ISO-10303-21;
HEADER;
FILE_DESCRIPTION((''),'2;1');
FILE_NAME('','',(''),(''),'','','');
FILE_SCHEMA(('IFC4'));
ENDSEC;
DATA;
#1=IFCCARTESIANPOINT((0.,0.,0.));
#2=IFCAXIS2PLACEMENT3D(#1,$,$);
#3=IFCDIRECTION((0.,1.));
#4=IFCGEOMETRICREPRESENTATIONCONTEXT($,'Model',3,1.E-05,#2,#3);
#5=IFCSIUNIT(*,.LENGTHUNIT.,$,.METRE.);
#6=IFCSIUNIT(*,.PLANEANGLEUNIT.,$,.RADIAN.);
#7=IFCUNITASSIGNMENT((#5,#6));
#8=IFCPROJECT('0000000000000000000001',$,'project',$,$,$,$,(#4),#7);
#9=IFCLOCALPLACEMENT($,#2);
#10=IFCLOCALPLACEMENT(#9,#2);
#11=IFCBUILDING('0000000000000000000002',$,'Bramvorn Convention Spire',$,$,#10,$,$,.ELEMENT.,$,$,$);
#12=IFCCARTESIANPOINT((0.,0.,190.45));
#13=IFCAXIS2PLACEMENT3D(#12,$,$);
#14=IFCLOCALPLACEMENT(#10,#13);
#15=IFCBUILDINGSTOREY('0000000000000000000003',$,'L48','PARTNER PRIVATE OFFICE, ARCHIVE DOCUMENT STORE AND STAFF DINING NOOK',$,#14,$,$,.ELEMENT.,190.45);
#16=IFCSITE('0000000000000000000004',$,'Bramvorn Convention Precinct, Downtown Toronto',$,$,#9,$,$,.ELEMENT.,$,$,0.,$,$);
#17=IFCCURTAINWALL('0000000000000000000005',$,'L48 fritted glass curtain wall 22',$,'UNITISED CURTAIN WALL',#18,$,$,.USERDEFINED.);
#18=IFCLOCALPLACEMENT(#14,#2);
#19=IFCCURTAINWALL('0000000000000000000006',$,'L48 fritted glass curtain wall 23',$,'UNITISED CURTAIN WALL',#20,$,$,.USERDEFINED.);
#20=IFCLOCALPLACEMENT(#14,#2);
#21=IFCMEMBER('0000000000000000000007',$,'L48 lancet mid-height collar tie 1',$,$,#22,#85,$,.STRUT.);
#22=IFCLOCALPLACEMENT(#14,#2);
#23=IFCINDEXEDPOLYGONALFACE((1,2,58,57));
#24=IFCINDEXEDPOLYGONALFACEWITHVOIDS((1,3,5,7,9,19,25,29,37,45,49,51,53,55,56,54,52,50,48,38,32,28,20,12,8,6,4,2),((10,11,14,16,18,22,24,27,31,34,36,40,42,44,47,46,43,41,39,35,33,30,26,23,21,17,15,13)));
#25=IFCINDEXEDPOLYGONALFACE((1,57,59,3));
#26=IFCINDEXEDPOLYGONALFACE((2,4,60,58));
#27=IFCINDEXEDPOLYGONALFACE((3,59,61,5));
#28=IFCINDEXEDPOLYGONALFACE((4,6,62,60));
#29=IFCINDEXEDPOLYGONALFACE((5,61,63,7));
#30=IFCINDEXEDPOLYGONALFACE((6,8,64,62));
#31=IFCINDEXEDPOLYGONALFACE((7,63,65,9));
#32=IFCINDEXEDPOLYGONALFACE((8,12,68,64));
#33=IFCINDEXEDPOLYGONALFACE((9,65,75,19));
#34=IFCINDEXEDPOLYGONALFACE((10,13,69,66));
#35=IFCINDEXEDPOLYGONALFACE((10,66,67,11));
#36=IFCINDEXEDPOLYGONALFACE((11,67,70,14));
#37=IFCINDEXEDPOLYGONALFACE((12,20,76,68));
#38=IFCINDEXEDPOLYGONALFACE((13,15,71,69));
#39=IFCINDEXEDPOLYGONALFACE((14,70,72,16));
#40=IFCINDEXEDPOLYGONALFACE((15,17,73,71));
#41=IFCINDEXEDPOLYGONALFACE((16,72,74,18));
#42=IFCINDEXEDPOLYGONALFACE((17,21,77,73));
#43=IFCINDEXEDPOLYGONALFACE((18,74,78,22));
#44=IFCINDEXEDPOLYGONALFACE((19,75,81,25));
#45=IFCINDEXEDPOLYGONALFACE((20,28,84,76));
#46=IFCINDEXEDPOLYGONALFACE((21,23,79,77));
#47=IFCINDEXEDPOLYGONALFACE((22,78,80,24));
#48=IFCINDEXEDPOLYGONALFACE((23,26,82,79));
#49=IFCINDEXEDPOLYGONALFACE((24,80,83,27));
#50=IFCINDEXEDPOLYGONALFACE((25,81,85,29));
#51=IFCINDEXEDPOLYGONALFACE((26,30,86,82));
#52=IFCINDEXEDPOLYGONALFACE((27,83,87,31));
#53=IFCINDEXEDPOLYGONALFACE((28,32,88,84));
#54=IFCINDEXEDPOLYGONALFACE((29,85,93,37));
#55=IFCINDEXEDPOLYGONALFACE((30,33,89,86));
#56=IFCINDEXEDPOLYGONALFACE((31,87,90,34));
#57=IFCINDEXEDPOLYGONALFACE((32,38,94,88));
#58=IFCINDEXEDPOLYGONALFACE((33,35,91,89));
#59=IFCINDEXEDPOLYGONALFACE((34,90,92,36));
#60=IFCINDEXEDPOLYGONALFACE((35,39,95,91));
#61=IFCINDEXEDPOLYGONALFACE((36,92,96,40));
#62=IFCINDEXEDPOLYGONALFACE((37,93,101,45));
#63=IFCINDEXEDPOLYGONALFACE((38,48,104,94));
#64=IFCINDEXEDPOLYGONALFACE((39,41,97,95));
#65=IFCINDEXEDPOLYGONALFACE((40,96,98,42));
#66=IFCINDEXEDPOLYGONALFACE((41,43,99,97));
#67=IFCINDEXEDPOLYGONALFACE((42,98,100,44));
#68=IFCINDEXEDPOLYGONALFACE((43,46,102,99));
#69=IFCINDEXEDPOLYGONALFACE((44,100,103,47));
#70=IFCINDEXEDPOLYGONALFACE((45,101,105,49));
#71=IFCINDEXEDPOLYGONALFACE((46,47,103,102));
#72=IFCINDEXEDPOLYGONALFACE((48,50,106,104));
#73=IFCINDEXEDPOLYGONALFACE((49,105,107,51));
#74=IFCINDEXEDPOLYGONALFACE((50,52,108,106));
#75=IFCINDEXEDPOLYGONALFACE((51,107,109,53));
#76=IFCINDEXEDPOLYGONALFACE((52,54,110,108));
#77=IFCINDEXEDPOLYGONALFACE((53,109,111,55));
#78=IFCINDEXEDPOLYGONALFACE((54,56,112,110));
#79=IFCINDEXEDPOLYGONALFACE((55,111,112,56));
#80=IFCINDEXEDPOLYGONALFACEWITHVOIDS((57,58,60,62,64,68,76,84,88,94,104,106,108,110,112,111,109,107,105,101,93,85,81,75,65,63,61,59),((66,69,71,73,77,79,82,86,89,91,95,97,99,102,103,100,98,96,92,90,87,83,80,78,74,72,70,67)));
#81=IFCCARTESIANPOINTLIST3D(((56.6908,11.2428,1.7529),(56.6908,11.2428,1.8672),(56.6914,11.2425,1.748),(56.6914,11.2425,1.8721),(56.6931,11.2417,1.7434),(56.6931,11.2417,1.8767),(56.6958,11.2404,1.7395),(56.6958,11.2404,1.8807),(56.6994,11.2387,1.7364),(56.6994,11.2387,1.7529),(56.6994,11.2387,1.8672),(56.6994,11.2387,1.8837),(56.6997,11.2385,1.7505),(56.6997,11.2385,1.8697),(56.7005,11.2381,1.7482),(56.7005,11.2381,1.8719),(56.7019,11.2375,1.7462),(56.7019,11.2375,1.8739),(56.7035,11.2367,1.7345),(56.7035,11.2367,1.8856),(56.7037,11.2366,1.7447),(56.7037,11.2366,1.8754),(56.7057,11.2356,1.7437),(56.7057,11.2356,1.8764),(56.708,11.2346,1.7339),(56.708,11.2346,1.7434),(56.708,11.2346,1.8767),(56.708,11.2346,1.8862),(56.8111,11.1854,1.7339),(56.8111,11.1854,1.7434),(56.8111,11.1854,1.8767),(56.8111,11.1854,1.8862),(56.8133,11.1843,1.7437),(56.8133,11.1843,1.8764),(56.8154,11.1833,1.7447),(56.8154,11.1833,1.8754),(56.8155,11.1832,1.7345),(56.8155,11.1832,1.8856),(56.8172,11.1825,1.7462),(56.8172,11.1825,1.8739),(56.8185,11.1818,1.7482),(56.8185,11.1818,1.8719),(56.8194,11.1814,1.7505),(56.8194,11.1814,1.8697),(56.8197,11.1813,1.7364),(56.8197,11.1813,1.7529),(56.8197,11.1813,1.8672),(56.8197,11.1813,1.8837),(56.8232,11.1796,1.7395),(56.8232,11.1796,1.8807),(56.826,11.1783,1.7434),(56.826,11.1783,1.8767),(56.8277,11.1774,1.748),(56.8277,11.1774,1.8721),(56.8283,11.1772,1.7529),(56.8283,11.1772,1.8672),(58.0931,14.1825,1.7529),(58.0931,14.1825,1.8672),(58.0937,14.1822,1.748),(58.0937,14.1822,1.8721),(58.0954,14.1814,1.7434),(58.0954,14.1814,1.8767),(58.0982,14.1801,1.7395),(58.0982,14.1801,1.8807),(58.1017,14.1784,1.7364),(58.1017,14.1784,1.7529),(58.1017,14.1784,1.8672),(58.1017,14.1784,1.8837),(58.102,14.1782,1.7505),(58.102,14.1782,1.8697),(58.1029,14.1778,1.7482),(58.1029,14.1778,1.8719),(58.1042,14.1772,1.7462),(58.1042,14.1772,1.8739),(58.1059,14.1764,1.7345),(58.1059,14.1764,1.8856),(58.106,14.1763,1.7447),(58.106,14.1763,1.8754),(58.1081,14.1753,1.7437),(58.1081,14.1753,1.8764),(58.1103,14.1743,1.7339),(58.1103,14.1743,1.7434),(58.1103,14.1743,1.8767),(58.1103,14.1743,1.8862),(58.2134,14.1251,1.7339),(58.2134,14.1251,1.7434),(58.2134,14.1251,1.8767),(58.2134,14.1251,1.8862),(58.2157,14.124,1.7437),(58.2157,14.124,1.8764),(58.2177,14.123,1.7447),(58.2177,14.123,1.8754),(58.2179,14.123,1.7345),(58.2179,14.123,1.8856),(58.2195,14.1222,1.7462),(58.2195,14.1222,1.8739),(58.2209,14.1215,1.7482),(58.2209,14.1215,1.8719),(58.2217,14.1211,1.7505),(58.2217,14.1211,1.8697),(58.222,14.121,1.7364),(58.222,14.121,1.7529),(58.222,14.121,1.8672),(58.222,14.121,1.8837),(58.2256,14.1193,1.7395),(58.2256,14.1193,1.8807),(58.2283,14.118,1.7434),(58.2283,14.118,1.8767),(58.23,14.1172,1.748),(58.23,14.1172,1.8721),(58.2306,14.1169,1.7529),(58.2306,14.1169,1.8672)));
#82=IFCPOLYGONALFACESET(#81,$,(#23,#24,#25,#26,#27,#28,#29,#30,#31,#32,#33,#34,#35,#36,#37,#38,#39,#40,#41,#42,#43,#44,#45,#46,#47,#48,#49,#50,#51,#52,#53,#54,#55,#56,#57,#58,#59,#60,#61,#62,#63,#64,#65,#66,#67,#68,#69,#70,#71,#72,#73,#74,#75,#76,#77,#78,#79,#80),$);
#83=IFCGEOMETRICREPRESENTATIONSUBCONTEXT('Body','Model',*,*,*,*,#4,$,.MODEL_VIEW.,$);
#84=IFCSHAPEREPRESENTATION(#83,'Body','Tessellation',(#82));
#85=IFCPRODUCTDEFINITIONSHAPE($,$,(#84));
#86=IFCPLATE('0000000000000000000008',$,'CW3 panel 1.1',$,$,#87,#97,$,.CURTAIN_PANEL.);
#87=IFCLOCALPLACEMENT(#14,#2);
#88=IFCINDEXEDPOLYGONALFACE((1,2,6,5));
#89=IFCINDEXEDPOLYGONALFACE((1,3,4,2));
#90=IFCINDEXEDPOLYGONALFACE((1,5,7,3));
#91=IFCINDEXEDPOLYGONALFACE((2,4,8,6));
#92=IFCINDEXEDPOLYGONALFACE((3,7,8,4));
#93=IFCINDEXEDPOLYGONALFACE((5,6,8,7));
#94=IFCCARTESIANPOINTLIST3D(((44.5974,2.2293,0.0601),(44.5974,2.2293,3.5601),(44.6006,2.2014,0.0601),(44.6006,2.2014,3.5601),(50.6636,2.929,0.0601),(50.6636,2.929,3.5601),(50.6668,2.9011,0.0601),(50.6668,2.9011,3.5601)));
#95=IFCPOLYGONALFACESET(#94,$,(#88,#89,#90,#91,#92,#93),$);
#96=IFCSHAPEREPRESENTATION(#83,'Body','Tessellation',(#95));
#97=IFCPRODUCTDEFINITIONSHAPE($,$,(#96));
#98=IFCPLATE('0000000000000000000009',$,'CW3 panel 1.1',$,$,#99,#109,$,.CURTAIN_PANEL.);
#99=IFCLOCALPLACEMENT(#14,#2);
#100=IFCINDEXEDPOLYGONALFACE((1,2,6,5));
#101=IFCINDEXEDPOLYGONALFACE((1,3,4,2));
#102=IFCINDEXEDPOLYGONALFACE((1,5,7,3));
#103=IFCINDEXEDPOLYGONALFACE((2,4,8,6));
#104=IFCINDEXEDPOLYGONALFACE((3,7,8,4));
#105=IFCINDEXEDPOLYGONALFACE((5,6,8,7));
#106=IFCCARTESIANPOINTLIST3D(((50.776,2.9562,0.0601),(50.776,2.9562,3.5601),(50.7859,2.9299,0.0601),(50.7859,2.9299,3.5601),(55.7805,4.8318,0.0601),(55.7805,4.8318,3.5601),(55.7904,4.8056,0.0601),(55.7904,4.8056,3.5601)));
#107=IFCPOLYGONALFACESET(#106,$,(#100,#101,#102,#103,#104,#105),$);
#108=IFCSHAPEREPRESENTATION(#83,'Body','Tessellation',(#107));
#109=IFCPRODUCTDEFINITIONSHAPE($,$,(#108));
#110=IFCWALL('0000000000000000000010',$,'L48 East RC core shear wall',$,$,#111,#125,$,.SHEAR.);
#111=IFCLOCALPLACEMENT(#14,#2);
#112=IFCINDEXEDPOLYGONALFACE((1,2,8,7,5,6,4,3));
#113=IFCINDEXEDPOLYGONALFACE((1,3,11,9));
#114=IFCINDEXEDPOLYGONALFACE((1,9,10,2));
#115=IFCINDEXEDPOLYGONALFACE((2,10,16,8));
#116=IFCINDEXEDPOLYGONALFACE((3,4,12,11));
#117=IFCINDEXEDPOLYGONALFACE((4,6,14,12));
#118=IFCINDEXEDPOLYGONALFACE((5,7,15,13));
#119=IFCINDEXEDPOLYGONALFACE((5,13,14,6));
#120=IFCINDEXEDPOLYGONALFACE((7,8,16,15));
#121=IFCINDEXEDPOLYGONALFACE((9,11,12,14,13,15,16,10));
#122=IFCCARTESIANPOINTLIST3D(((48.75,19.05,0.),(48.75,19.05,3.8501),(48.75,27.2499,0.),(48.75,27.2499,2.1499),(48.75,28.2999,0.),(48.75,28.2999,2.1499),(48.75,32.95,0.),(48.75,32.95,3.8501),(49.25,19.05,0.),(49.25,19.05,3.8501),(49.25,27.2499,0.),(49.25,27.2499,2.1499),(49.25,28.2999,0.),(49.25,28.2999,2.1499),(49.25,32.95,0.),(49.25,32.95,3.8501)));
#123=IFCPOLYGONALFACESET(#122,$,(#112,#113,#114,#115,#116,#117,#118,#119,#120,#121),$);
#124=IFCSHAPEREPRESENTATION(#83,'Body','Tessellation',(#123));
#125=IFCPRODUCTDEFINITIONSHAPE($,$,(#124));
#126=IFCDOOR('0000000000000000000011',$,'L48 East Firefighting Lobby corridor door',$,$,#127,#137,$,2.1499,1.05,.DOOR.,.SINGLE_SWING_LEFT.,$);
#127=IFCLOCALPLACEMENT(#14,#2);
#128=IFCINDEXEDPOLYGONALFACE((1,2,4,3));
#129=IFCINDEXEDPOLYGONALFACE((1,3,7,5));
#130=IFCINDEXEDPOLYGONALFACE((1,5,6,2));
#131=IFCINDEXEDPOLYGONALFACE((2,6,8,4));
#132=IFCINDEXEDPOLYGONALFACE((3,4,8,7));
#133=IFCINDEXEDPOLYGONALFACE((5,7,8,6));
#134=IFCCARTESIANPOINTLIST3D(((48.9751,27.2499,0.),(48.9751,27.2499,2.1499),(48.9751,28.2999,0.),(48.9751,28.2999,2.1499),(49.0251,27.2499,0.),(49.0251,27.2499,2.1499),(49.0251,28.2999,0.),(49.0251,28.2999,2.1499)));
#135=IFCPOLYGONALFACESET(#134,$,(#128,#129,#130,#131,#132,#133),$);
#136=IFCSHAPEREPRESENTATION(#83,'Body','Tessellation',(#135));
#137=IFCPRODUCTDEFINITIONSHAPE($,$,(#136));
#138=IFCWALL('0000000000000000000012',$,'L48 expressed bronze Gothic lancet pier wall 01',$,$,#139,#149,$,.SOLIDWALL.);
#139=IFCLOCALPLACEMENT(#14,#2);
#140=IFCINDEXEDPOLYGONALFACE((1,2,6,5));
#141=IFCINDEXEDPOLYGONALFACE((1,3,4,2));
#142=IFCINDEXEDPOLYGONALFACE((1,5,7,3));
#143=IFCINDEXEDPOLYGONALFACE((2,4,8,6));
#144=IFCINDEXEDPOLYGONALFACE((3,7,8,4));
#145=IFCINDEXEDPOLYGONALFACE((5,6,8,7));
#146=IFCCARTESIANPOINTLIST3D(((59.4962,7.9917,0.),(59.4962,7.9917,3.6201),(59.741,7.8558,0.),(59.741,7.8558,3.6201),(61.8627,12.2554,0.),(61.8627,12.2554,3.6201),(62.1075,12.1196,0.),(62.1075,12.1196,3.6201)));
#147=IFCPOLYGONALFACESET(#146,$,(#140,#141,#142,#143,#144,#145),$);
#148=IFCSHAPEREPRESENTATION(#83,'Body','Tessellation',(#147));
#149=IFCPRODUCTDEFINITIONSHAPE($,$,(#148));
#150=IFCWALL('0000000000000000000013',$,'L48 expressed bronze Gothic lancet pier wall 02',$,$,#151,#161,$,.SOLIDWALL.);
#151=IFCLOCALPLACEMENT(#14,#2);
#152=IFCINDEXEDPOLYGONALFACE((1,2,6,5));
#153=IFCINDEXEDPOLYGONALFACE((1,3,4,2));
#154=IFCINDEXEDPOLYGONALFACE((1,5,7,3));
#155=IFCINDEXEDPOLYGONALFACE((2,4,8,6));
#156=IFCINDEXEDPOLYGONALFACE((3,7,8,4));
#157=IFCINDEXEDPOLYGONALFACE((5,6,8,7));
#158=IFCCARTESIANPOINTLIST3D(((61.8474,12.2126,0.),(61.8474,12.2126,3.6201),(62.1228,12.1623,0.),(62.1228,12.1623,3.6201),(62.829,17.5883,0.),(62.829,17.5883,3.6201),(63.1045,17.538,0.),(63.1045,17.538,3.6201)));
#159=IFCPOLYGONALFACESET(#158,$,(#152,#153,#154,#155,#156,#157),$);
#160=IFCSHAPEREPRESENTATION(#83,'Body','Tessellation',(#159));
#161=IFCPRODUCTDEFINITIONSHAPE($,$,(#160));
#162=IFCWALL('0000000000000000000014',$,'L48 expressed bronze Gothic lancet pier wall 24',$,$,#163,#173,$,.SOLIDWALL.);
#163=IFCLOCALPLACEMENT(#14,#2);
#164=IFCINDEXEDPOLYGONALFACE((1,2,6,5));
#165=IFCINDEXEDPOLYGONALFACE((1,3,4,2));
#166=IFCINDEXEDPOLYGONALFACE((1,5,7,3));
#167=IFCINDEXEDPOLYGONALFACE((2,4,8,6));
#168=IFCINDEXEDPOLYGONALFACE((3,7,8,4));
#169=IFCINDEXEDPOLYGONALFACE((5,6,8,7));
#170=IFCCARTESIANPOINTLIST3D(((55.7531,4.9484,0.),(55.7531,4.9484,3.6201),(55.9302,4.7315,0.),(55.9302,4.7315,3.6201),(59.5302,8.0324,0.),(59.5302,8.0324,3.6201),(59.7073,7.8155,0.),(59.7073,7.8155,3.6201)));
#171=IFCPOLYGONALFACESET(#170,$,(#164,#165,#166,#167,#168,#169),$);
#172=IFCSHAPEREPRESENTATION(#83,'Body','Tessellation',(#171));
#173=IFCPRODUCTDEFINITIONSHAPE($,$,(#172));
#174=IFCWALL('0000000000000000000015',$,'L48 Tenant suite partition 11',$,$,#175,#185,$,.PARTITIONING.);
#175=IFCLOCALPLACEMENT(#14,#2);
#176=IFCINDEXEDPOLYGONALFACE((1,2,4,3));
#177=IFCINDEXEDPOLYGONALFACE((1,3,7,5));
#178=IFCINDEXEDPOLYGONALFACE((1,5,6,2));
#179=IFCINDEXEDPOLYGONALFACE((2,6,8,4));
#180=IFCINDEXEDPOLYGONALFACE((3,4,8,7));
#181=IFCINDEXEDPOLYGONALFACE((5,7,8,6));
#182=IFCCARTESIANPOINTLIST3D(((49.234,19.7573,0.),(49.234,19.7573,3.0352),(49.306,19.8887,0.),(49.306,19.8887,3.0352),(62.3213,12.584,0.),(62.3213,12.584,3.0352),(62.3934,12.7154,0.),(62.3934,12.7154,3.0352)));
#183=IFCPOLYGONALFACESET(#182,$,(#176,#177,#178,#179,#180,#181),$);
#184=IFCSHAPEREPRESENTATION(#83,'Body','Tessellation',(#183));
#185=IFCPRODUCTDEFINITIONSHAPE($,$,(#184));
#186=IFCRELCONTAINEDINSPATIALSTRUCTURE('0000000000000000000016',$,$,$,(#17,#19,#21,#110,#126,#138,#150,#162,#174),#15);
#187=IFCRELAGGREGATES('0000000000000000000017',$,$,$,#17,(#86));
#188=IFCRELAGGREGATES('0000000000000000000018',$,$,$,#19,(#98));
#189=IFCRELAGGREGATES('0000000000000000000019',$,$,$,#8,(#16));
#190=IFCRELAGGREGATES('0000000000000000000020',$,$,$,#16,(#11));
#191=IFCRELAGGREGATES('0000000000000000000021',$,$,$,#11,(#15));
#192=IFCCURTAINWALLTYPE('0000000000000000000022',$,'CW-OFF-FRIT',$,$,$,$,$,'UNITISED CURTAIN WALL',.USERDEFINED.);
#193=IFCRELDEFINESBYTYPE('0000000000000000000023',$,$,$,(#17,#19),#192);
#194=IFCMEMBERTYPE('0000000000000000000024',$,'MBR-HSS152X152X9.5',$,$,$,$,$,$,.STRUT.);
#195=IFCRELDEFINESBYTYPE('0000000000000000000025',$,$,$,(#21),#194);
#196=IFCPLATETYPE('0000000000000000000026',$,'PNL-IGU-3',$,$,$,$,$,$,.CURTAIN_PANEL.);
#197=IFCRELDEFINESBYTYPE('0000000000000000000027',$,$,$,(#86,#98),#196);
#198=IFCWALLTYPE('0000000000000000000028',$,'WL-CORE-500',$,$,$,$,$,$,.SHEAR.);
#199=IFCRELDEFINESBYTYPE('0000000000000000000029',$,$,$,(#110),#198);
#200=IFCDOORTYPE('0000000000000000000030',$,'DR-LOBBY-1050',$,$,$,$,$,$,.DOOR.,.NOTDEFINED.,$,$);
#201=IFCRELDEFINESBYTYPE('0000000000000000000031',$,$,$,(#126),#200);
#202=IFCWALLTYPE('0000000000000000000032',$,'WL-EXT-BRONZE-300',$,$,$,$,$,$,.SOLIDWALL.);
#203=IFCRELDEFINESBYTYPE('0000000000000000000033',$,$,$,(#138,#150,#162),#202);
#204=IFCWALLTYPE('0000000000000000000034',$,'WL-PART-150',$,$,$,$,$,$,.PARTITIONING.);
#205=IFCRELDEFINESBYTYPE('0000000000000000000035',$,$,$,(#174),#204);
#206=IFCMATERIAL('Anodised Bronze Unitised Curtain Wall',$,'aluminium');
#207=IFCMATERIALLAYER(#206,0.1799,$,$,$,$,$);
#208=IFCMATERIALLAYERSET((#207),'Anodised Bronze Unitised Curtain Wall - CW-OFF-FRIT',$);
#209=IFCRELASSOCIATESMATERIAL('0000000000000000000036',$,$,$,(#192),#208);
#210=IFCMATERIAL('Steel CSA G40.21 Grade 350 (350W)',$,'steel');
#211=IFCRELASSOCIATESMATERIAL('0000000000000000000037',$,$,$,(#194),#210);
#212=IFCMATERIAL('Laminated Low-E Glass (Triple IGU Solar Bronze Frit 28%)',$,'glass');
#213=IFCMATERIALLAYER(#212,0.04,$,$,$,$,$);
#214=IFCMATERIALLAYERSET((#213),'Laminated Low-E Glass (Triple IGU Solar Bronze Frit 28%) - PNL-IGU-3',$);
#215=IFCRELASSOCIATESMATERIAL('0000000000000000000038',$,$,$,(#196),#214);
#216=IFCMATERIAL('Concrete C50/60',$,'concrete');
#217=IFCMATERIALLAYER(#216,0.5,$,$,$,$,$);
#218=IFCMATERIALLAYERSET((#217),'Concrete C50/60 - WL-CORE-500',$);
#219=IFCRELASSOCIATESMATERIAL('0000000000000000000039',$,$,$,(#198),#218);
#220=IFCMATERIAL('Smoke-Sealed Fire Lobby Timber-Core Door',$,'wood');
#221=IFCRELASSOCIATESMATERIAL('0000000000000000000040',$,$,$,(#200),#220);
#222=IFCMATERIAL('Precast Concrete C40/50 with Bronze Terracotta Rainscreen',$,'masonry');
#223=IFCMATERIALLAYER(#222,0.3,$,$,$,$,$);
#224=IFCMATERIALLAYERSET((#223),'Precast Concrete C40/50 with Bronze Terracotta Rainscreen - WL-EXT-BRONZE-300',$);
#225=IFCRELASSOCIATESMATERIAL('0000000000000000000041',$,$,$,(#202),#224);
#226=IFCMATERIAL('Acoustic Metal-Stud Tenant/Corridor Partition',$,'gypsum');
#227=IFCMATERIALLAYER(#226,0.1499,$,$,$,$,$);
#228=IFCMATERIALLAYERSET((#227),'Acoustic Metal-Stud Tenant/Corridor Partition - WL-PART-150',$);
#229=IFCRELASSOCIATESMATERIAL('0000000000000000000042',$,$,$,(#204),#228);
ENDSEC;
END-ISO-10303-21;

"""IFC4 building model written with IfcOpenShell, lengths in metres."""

from ifc_helpers import new_model, si_unit, direction, frame, frame_2d, origin, origin_2d, place, context, subcontext, project, spatial, rectangle, hollow_rectangle, extrude, material, layer, layer_set, material_profile, profile_set, type_object, element, fill, aggregate, save


model = new_model("IFC4")

# Units and contexts
model_context = context("Model", 3, precision=1e-05, world=origin(), true_north=direction((0.0, 1.0)))
body_context = subcontext(model_context, "Body", "Model", "MODEL_VIEW")
ifc_project = project(units=[si_unit("LENGTHUNIT", "METRE"), si_unit("PLANEANGLEUNIT", "RADIAN")], contexts=[model_context])

# Site, building, storey
site_placement = place(None, origin())
site = spatial("IfcSite", under=ifc_project, at=site_placement, Name="Bramvorn Convention Precinct, Downtown Toronto", CompositionType="ELEMENT", RefElevation=0.0)
building_placement = place(site_placement, origin())
building = spatial("IfcBuilding", under=site, at=building_placement, Name="Bramvorn Convention Spire", CompositionType="ELEMENT")
storey_placement = place(building_placement, frame((0.0, 0.0, 190.45)))
storey = spatial("IfcBuildingStorey", under=building, at=storey_placement, Name="L48", Description="PARTNER PRIVATE OFFICE, ARCHIVE DOCUMENT STORE AND STAFF DINING NOOK", CompositionType="ELEMENT", Elevation=190.45)

# Shared definitions
ifc_material_1 = material(Name="Steel CSA G40.21 Grade 350 (350W)", Category="steel")

# Curtain wall
ifc_material_2 = material(Name="Anodised Bronze Unitised Curtain Wall", Category="aluminium")
ifc_layer_1 = layer(ifc_material_2, 0.1799)
ifc_layer_set_1 = layer_set([ifc_layer_1], Name="Anodised Bronze Unitised Curtain Wall - CW-OFF-FRIT")
curtain_wall_type = type_object("IfcCurtainWallType", Name="CW-OFF-FRIT", ElementType="UNITISED CURTAIN WALL", PredefinedType="USERDEFINED", material=ifc_layer_set_1)
curtain_wall_1_placement = place(storey_placement, origin())
curtain_wall_1 = element("IfcCurtainWall", 1, at=curtain_wall_1_placement, inside=storey, type_object=curtain_wall_type, Name="L48 fritted glass curtain wall 22", ObjectType="UNITISED CURTAIN WALL", PredefinedType="USERDEFINED")

# Curtain wall
curtain_wall_2_placement = place(storey_placement, origin())
curtain_wall_2 = element("IfcCurtainWall", 2, at=curtain_wall_2_placement, inside=storey, type_object=curtain_wall_type, Name="L48 fritted glass curtain wall 23", ObjectType="UNITISED CURTAIN WALL", PredefinedType="USERDEFINED")

# Member
ifc_material_profile_1 = material_profile(ifc_material_1, hollow_rectangle(XDim=0.1523, YDim=0.1523, WallThickness=0.0095, InnerFilletRadius=0.0095, OuterFilletRadius=0.019, at=origin_2d()))
ifc_profile_set_1 = profile_set([ifc_material_profile_1], Name="Steel CSA G40.21 Grade 350 (350W) - HSS152X152X9.5")
member_type_1 = type_object("IfcMemberType", Name="MBR-HSS152X152X9.5", PredefinedType="STRUT", material=ifc_profile_set_1)
member_1_placement = place(storey_placement, frame((56.7595, 11.21, 1.8101), z_axis=(0.430556, 0.902564, 0.0), x_axis=(-0.902564, 0.430556, 0.0)))
element("IfcMember", 3, at=member_1_placement, inside=storey, type_object=member_type_1, Name="L48 lancet mid-height collar tie 1", PredefinedType="STRUT", context=body_context, shape_type="SweptSolid", body=[
    extrude(hollow_rectangle(XDim=0.1523, YDim=0.1523, WallThickness=0.0095, InnerFilletRadius=0.0095, OuterFilletRadius=0.019, at=origin_2d()), origin(), (0.0, 0.0, 1.0), 3.2571),
])

# Plates
ifc_material_3 = material(Name="Laminated Low-E Glass (Triple IGU Solar Bronze Frit 28%)", Category="glass")
ifc_layer_2 = layer(ifc_material_3, 0.04)
ifc_layer_set_2 = layer_set([ifc_layer_2], Name="Laminated Low-E Glass (Triple IGU Solar Bronze Frit 28%) - PNL-IGU-3")
plate_type = type_object("IfcPlateType", Name="PNL-IGU-3", PredefinedType="CURTAIN_PANEL", material=ifc_layer_set_2)
plate_1_placement = place(storey_placement, frame((47.6321, 2.5652, 0.0601), z_axis=(0.0, 0.0, 1.0), x_axis=(-0.993414, -0.114577, 0.0)))
plate_1 = element("IfcPlate", 4, at=plate_1_placement, type_object=plate_type, Name="CW3 panel 1.1", PredefinedType="CURTAIN_PANEL", context=body_context, shape_type="SweptSolid", body=[
    extrude(rectangle(XDim=6.1064, YDim=0.0281, at=origin_2d()), origin(), (0.0, 0.0, 1.0), 3.5),
])
aggregate(curtain_wall_1, [plate_1])
plate_2_placement = place(storey_placement, frame((53.2832, 3.8809, 0.0601), z_axis=(0.0, 0.0, 1.0), x_axis=(-0.936392, -0.350957, 0.0)))
plate_2 = element("IfcPlate", 5, at=plate_2_placement, type_object=plate_type, Name="CW3 panel 1.1", PredefinedType="CURTAIN_PANEL", context=body_context, shape_type="SweptSolid", body=[
    extrude(rectangle(XDim=5.3445, YDim=0.0281, at=origin_2d()), origin(), (0.0, 0.0, 1.0), 3.5),
])
aggregate(curtain_wall_2, [plate_2])

# Wall, opening, door
ifc_material_4 = material(Name="Concrete C50/60", Category="concrete")
ifc_layer_3 = layer(ifc_material_4, 0.5)
ifc_layer_set_3 = layer_set([ifc_layer_3], Name="Concrete C50/60 - WL-CORE-500")
wall_type_1 = type_object("IfcWallType", Name="WL-CORE-500", PredefinedType="SHEAR", material=ifc_layer_set_3)
wall_1_placement = place(storey_placement, frame((49.0, 19.05, 0.0), z_axis=(0.0, 0.0, 1.0), x_axis=(0.0, 1.0, 0.0)))
wall_1 = element("IfcWall", 6, at=wall_1_placement, inside=storey, type_object=wall_type_1, Name="L48 East RC core shear wall", PredefinedType="SHEAR", context=body_context, shape_type="SweptSolid", body=[
    extrude(rectangle(XDim=13.8999, YDim=0.5, at=frame_2d((6.95, 0.0))), origin(), (0.0, 0.0, 1.0), 3.8501),
])
opening_placement = place(wall_1_placement, frame((8.2, 0.0, 0.0)))
opening = element("IfcOpeningElement", 7, at=opening_placement, cuts=wall_1, PredefinedType="OPENING", context=body_context, shape_type="SweptSolid", body=[
    extrude(rectangle(XDim=1.05, YDim=2.1499, at=frame_2d((0.5249, 1.075))), frame((0.0, 0.26, 0.0), z_axis=(0.0, -1.0, 0.0), x_axis=(1.0, 0.0, 0.0)), (0.0, 0.0, 1.0), 0.52),
])
ifc_material_5 = material(Name="Smoke-Sealed Fire Lobby Timber-Core Door", Category="wood")
door_type = type_object("IfcDoorType", Name="DR-LOBBY-1050", OperationType="NOTDEFINED", PredefinedType="DOOR", material=ifc_material_5)
door_placement = place(opening_placement, origin())
door = element("IfcDoor", 8, at=door_placement, inside=storey, type_object=door_type, Name="L48 East Firefighting Lobby corridor door", OperationType="SINGLE_SWING_LEFT", OverallHeight=2.1499, OverallWidth=1.05, PredefinedType="DOOR", context=body_context, shape_type="SweptSolid", body=[
    extrude(rectangle(XDim=1.05, YDim=2.1499, at=frame_2d((0.5249, 1.075))), frame((0.0, 0.0249, 0.0), z_axis=(0.0, -1.0, 0.0), x_axis=(1.0, 0.0, 0.0)), (0.0, 0.0, 1.0), 0.05),
])
fill(opening, door)

# Walls
ifc_material_6 = material(Name="Precast Concrete C40/50 with Bronze Terracotta Rainscreen", Category="masonry")
ifc_layer_4 = layer(ifc_material_6, 0.3)
ifc_layer_set_4 = layer_set([ifc_layer_4], Name="Precast Concrete C40/50 with Bronze Terracotta Rainscreen - WL-EXT-BRONZE-300")
wall_type_2 = type_object("IfcWallType", Name="WL-EXT-BRONZE-300", PredefinedType="SOLIDWALL", material=ifc_layer_set_4)
wall_2_placement = place(storey_placement, frame((61.9851, 12.1875, 0.0), z_axis=(0.0, 0.0, 1.0), x_axis=(-0.48529, -0.874353, 0.0)))
element("IfcWall", 9, at=wall_2_placement, inside=storey, type_object=wall_type_2, Name="L48 expressed bronze Gothic lancet pier wall 01", PredefinedType="SOLIDWALL", context=body_context, shape_type="SweptSolid", body=[
    extrude(rectangle(XDim=4.8765, YDim=0.28, at=frame_2d((2.4382, 0.0))), origin(), (0.0, 0.0, 1.0), 3.6201),
])
wall_3_placement = place(storey_placement, frame((62.9668, 17.5632, 0.0), z_axis=(0.0, 0.0, 1.0), x_axis=(-0.179644, -0.983732, 0.0)))
element("IfcWall", 10, at=wall_3_placement, inside=storey, type_object=wall_type_2, Name="L48 expressed bronze Gothic lancet pier wall 02", PredefinedType="SOLIDWALL", context=body_context, shape_type="SweptSolid", body=[
    extrude(rectangle(XDim=5.4646, YDim=0.28, at=frame_2d((2.7324, 0.0))), origin(), (0.0, 0.0, 1.0), 3.6201),
])
wall_4_placement = place(storey_placement, frame((59.6187, 7.9238, 0.0), z_axis=(0.0, 0.0, 1.0), x_axis=(-0.774597, -0.632455, 0.0)))
element("IfcWall", 11, at=wall_4_placement, inside=storey, type_object=wall_type_2, Name="L48 expressed bronze Gothic lancet pier wall 24", PredefinedType="SOLIDWALL", context=body_context, shape_type="SweptSolid", body=[
    extrude(rectangle(XDim=4.8762, YDim=0.28, at=frame_2d((2.438, 0.0))), origin(), (0.0, 0.0, 1.0), 3.6201),
])
ifc_material_7 = material(Name="Acoustic Metal-Stud Tenant/Corridor Partition", Category="gypsum")
ifc_layer_5 = layer(ifc_material_7, 0.1499)
ifc_layer_set_5 = layer_set([ifc_layer_5], Name="Acoustic Metal-Stud Tenant/Corridor Partition - WL-PART-150")
wall_type_3 = type_object("IfcWallType", Name="WL-PART-150", PredefinedType="PARTITIONING", material=ifc_layer_set_5)
wall_5_placement = place(storey_placement, frame((49.27, 19.823, 0.0), z_axis=(0.0, 0.0, 1.0), x_axis=(0.876915, -0.480646, 0.0)))
element("IfcWall", 12, at=wall_5_placement, inside=storey, type_object=wall_type_3, Name="L48 Tenant suite partition 11", PredefinedType="PARTITIONING", context=body_context, shape_type="SweptSolid", body=[
    extrude(rectangle(XDim=14.9243, YDim=0.1499, at=frame_2d((7.4622, 0.0))), origin(), (0.0, 0.0, 1.0), 3.0352),
])

save(model, "model.ifc")
